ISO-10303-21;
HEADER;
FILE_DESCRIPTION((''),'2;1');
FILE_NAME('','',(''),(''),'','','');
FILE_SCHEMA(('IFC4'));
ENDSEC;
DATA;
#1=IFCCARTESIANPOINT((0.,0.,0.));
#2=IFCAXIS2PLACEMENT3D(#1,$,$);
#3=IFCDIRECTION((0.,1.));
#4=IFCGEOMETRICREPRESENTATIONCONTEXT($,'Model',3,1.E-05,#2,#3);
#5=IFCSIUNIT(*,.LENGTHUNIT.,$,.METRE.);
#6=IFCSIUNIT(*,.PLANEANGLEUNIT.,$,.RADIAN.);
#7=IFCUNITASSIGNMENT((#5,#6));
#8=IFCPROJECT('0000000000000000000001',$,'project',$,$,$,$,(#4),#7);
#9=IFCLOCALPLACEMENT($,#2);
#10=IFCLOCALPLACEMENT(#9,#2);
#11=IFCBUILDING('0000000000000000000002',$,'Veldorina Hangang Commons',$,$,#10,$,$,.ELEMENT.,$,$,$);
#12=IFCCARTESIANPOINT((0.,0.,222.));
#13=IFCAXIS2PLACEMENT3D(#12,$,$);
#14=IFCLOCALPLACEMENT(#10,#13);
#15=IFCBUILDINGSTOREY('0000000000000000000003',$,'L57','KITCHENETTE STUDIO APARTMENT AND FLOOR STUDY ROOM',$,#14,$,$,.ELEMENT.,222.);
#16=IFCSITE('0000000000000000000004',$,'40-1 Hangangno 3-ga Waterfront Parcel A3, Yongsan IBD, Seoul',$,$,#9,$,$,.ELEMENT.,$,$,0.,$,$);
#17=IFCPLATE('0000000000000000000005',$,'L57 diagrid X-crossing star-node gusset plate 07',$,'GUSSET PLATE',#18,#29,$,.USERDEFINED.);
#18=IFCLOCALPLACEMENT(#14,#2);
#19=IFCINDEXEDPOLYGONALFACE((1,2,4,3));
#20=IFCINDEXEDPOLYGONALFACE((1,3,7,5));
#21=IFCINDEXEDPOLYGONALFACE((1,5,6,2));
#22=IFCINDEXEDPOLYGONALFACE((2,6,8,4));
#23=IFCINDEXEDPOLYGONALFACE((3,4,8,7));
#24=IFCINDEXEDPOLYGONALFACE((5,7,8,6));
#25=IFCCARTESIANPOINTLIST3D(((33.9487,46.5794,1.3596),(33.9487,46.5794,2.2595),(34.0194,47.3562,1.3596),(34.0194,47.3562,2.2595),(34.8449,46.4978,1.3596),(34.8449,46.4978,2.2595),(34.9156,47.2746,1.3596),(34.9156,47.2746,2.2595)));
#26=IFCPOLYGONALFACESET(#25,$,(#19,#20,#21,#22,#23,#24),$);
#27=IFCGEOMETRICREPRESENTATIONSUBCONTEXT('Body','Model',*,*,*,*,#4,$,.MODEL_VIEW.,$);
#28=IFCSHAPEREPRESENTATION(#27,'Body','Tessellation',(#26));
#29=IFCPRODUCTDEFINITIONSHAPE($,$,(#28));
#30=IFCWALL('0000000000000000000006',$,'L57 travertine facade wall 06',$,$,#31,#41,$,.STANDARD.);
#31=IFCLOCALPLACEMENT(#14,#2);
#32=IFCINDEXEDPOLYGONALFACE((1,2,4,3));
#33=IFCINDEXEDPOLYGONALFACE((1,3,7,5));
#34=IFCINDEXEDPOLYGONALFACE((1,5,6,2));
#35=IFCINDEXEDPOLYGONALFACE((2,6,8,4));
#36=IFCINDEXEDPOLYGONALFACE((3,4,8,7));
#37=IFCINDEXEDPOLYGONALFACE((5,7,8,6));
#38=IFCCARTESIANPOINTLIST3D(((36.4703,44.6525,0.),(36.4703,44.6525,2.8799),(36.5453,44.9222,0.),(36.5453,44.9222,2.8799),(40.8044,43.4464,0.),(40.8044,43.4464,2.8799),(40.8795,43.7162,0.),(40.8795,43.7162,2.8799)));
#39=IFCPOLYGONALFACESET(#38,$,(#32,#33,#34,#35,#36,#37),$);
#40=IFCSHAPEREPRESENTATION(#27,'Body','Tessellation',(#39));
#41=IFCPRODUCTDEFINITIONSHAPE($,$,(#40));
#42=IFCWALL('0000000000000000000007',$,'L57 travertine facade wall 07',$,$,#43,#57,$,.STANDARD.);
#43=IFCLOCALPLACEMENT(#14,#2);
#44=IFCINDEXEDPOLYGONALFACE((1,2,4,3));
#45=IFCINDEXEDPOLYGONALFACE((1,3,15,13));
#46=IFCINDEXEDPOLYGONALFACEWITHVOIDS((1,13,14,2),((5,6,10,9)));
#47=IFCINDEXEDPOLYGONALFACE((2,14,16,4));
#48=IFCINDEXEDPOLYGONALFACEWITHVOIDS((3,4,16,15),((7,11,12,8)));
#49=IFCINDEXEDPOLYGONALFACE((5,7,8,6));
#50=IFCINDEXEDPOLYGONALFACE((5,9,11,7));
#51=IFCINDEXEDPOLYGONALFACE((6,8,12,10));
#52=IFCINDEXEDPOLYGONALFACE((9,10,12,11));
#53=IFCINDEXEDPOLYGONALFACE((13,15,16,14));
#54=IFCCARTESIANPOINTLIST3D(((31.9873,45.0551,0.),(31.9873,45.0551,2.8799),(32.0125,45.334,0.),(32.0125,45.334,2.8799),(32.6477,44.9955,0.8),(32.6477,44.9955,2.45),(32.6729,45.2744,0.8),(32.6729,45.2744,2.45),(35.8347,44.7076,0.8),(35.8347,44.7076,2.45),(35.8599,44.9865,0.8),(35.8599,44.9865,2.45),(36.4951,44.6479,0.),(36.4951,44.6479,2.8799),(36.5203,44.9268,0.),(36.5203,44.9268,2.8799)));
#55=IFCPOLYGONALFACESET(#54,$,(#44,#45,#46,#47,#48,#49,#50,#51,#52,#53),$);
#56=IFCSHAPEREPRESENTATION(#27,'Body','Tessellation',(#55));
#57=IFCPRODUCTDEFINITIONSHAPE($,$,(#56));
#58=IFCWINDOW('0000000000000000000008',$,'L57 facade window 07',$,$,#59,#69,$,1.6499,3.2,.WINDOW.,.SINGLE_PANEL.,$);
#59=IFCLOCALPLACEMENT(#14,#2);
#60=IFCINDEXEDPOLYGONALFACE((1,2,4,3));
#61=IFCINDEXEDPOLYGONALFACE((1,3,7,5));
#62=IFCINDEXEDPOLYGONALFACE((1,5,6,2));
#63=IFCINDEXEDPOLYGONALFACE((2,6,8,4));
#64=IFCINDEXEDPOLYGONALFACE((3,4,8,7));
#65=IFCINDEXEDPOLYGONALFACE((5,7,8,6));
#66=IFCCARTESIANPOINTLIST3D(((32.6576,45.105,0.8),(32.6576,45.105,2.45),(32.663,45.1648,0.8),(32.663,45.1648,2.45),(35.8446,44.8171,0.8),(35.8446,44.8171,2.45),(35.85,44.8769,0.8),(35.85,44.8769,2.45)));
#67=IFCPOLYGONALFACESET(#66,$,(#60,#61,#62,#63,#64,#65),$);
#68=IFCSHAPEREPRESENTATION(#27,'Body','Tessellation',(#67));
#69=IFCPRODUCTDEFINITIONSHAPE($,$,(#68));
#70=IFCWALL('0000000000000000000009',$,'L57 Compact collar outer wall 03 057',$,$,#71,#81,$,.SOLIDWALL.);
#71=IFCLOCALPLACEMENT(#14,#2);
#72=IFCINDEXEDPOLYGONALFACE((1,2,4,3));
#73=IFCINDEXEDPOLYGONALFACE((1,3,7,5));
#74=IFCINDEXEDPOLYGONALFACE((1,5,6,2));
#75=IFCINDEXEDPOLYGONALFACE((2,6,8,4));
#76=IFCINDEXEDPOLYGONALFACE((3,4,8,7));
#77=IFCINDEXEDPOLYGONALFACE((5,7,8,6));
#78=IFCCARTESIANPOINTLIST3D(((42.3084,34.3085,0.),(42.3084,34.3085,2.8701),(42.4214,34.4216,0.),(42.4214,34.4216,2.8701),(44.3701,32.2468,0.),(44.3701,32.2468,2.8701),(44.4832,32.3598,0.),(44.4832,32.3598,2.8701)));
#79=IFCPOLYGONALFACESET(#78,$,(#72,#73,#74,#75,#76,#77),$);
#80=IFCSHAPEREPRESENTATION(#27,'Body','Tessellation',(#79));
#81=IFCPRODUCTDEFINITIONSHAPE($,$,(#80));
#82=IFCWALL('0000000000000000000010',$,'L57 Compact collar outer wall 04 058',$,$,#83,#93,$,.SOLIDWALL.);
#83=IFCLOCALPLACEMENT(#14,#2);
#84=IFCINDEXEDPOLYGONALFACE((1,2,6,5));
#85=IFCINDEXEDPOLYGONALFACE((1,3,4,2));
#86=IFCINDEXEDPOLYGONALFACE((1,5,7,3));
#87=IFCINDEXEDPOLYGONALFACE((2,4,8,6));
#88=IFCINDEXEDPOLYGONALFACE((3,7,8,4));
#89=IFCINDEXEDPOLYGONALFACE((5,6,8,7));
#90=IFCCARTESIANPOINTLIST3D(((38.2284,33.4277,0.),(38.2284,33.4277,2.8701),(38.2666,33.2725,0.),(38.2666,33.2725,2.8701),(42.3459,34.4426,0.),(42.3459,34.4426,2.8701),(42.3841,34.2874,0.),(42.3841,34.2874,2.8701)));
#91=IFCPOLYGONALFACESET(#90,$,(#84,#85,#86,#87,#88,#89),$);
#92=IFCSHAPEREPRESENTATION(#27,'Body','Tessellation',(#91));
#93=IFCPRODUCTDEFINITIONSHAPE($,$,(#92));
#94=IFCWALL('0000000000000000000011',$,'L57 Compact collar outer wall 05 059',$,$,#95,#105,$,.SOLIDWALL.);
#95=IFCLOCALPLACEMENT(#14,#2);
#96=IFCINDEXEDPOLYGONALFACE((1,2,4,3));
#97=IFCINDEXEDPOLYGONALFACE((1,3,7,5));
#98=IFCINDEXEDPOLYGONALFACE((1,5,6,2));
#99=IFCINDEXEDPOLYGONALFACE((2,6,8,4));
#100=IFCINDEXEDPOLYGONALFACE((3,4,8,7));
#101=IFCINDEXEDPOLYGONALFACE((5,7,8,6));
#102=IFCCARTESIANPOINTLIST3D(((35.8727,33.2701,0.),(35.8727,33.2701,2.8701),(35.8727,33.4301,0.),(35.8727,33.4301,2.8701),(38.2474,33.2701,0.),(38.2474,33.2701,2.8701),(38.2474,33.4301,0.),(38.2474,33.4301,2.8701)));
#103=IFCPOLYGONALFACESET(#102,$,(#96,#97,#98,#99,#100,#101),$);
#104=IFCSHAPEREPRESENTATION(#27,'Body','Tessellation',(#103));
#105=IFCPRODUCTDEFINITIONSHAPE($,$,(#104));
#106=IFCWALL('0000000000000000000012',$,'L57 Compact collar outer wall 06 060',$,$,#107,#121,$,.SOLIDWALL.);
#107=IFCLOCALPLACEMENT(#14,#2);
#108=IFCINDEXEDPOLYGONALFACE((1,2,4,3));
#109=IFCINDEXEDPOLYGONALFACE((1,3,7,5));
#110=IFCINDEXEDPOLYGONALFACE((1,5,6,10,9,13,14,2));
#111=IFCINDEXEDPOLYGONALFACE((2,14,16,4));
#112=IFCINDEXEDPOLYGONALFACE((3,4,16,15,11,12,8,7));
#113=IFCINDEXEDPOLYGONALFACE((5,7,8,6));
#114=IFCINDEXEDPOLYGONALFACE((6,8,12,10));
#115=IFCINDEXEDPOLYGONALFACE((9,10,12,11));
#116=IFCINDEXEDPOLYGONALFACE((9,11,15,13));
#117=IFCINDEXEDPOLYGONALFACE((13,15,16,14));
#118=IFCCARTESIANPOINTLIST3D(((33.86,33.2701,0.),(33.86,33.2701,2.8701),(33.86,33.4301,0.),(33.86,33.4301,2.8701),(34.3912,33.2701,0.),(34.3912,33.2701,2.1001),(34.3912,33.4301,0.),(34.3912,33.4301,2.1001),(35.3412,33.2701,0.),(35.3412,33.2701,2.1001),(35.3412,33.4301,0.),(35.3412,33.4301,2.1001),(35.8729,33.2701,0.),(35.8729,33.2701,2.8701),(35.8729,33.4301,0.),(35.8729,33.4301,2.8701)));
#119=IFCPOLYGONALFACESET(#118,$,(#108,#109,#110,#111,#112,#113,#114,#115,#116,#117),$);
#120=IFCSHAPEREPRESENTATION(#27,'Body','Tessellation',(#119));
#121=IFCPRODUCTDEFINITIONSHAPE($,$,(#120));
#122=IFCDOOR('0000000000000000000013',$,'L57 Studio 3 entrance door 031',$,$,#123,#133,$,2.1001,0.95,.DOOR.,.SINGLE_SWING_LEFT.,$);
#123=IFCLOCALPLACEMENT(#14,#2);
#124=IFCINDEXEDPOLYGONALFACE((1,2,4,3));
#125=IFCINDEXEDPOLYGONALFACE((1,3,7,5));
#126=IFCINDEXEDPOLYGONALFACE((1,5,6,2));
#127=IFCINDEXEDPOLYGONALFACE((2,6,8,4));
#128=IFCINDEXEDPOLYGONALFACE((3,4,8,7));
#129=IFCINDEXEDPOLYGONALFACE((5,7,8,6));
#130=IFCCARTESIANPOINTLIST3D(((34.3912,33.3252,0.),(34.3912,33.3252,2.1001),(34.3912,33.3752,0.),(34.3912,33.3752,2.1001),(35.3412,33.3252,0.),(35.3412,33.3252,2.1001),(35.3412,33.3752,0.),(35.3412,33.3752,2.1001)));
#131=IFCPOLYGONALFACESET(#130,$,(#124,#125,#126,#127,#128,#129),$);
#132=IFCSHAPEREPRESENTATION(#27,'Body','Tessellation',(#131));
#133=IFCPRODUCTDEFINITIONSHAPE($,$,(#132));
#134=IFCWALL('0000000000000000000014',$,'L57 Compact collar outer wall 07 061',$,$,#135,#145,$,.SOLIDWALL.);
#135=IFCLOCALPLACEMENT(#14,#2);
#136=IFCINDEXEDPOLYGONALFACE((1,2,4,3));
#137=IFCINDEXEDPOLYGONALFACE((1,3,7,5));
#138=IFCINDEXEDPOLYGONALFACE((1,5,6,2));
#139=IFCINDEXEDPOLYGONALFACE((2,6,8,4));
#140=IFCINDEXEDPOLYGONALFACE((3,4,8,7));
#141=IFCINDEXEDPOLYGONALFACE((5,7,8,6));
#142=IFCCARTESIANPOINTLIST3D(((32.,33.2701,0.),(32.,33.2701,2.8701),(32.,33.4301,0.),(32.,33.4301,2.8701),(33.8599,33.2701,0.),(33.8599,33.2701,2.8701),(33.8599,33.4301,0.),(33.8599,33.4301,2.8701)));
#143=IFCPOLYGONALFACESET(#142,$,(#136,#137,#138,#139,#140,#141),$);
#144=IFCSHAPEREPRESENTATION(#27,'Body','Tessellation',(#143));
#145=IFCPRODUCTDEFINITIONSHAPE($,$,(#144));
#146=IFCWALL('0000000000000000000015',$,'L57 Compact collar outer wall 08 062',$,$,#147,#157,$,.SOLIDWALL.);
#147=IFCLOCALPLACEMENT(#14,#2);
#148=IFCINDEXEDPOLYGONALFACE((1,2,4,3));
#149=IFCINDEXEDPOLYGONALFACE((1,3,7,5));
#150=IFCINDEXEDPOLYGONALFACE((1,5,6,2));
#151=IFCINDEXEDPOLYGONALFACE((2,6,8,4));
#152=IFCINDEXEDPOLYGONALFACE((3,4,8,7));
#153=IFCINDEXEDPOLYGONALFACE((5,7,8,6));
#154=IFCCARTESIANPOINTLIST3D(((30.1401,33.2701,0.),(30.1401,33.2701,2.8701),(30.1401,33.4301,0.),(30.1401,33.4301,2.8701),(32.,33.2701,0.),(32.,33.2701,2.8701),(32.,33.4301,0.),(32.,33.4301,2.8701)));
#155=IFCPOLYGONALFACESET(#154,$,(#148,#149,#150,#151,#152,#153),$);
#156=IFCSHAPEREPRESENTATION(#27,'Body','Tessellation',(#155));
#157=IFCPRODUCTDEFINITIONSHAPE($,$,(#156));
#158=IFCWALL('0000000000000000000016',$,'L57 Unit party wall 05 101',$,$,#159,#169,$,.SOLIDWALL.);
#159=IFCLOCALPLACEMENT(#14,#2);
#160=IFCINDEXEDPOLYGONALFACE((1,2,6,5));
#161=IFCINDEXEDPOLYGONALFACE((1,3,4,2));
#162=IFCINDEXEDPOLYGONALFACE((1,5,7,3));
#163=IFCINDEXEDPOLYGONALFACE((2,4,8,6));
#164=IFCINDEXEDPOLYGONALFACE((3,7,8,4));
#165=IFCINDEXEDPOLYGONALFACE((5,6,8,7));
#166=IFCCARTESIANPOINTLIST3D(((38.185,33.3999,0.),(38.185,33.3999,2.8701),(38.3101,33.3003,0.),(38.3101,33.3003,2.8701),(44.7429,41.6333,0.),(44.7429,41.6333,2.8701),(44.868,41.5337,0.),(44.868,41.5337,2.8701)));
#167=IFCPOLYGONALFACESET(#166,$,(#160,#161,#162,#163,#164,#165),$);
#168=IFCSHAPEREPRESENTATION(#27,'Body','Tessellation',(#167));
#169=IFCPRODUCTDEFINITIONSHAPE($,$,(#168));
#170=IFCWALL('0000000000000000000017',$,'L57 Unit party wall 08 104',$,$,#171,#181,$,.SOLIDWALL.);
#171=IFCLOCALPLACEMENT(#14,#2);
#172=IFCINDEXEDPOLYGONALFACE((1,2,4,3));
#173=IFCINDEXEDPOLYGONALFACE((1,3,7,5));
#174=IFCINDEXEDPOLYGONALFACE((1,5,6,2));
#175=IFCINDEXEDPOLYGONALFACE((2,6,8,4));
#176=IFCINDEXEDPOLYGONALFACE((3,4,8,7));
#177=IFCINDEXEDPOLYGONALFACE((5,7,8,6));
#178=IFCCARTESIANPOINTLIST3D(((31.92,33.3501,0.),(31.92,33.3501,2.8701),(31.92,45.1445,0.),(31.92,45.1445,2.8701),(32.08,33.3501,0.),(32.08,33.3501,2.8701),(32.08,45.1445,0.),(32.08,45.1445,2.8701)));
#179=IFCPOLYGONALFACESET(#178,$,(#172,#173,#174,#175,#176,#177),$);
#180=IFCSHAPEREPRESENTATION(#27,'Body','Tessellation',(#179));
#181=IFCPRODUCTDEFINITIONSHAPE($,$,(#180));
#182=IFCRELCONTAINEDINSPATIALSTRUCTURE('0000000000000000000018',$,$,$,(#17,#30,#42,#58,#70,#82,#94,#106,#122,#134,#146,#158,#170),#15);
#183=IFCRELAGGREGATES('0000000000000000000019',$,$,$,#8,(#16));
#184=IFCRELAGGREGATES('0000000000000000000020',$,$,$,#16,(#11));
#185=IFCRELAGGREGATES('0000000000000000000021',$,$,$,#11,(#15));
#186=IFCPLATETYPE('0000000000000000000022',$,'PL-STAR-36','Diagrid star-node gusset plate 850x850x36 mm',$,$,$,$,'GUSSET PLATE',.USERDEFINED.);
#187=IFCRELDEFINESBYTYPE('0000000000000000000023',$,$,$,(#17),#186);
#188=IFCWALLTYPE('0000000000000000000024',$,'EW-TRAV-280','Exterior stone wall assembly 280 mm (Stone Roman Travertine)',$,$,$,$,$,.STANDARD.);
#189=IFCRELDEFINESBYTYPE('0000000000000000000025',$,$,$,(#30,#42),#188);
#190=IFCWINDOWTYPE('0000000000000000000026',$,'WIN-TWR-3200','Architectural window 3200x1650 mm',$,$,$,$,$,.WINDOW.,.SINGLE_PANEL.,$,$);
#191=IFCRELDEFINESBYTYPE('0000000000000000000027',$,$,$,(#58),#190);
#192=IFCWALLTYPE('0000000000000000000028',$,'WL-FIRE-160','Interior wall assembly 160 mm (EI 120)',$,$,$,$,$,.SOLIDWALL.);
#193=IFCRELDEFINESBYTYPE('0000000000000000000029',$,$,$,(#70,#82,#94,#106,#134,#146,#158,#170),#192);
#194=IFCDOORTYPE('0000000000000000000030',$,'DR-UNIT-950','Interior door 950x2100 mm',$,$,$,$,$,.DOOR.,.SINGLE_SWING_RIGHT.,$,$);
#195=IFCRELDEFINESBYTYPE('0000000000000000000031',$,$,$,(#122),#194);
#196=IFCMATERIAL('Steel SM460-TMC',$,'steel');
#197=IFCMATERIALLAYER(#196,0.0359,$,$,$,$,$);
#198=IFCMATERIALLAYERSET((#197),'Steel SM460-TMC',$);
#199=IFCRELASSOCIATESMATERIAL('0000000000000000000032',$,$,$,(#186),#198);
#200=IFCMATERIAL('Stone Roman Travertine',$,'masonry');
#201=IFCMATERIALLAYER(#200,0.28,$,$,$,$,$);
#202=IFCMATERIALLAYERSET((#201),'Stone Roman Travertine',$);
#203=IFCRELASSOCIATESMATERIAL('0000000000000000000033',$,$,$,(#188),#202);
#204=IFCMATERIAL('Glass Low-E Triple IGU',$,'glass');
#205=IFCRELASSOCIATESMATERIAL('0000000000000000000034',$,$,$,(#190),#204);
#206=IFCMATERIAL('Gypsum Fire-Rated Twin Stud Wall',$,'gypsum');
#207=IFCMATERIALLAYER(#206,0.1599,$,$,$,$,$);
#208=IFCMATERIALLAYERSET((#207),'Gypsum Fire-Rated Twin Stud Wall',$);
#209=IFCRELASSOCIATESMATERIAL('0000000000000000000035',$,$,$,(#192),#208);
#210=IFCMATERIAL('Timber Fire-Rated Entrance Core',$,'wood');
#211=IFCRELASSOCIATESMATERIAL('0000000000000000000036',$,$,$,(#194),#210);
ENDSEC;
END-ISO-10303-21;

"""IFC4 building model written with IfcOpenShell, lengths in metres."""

from ifc_helpers import new_model, si_unit, direction, frame, frame_2d, origin, origin_2d, place, context, subcontext, project, spatial, rectangle, extrude, material, layer, layer_set, type_object, element, fill, save


model = new_model("IFC4")

# Units and contexts
model_context = context("Model", 3, precision=1e-05, world=origin(), true_north=direction((0.0, 1.0)))
body_context = subcontext(model_context, "Body", "Model", "MODEL_VIEW")
ifc_project = project(units=[si_unit("LENGTHUNIT", "METRE"), si_unit("PLANEANGLEUNIT", "RADIAN")], contexts=[model_context])

# Site, building, storey
site_placement = place(None, origin())
site = spatial("IfcSite", under=ifc_project, at=site_placement, Name="40-1 Hangangno 3-ga Waterfront Parcel A3, Yongsan IBD, Seoul", CompositionType="ELEMENT", RefElevation=0.0)
building_placement = place(site_placement, origin())
building = spatial("IfcBuilding", under=site, at=building_placement, Name="Veldorina Hangang Commons", CompositionType="ELEMENT")
storey_placement = place(building_placement, frame((0.0, 0.0, 222.0)))
storey = spatial("IfcBuildingStorey", under=building, at=storey_placement, Name="L57", Description="KITCHENETTE STUDIO APARTMENT AND FLOOR STUDY ROOM", CompositionType="ELEMENT", Elevation=222.0)

# Plate
ifc_material_1 = material(Name="Steel SM460-TMC", Category="steel")
ifc_layer_1 = layer(ifc_material_1, 0.0359)
ifc_layer_set_1 = layer_set([ifc_layer_1], Name="Steel SM460-TMC")
plate_type = type_object("IfcPlateType", Name="PL-STAR-36", Description="Diagrid star-node gusset plate 850x850x36 mm", ElementType="GUSSET PLATE", PredefinedType="USERDEFINED", material=ifc_layer_set_1)
plate_1_placement = place(storey_placement, frame((34.4321, 46.927, 1.3596), z_axis=(0.0, 0.0, 1.0), x_axis=(-0.995886, 0.090615, 0.0)))
element("IfcPlate", 1, at=plate_1_placement, inside=storey, type_object=plate_type, Name="L57 diagrid X-crossing star-node gusset plate 07", ObjectType="GUSSET PLATE", PredefinedType="USERDEFINED", context=body_context, shape_type="SweptSolid", body=[
    extrude(rectangle(XDim=0.8999, YDim=0.78, at=origin_2d()), origin(), (0.0, 0.0, 1.0), 0.8999),
])

# Wall
ifc_material_2 = material(Name="Stone Roman Travertine", Category="masonry")
ifc_layer_2 = layer(ifc_material_2, 0.28)
ifc_layer_set_2 = layer_set([ifc_layer_2], Name="Stone Roman Travertine")
wall_type_1 = type_object("IfcWallType", Name="EW-TRAV-280", Description="Exterior stone wall assembly 280 mm (Stone Roman Travertine)", PredefinedType="STANDARD", material=ifc_layer_set_2)
wall_1_placement = place(storey_placement, frame((40.842, 43.5813, 0.0), z_axis=(0.0, 0.0, 1.0), x_axis=(-0.963397, 0.268078, 0.0)))
element("IfcWall", 2, at=wall_1_placement, inside=storey, type_object=wall_type_1, Name="L57 travertine facade wall 06", PredefinedType="STANDARD", context=body_context, shape_type="SweptSolid", body=[
    extrude(rectangle(XDim=4.4988, YDim=0.28, at=frame_2d((2.2495, 0.0))), origin(), (0.0, 0.0, 1.0), 2.8799),
])

# Wall, opening, window
wall_2_placement = place(storey_placement, frame((36.5078, 44.7874, 0.0), z_axis=(0.0, 0.0, 1.0), x_axis=(-0.995944, 0.089972, 0.0)))
wall_2 = element("IfcWall", 3, at=wall_2_placement, inside=storey, type_object=wall_type_1, Name="L57 travertine facade wall 07", PredefinedType="STANDARD", context=body_context, shape_type="SweptSolid", body=[
    extrude(rectangle(XDim=4.5261, YDim=0.28, at=frame_2d((2.2632, 0.0))), origin(), (0.0, 0.0, 1.0), 2.8799),
])
opening_1_placement = place(wall_2_placement, frame((0.6631, 0.0, 0.8)))
opening_1 = element("IfcOpeningElement", 4, at=opening_1_placement, cuts=wall_2, PredefinedType="OPENING", context=body_context, shape_type="SweptSolid", body=[
    extrude(rectangle(XDim=3.2, YDim=1.6499, at=frame_2d((1.6001, 0.825))), frame((0.0, 0.1499, 0.0), z_axis=(0.0, -1.0, 0.0), x_axis=(1.0, 0.0, 0.0)), (0.0, 0.0, 1.0), 0.3),
])
ifc_material_3 = material(Name="Glass Low-E Triple IGU", Category="glass")
window_type = type_object("IfcWindowType", Name="WIN-TWR-3200", Description="Architectural window 3200x1650 mm", PartitioningType="SINGLE_PANEL", PredefinedType="WINDOW", material=ifc_material_3)
window_placement = place(opening_1_placement, origin())
window = element("IfcWindow", 5, at=window_placement, inside=storey, type_object=window_type, Name="L57 facade window 07", OverallHeight=1.6499, OverallWidth=3.2, PartitioningType="SINGLE_PANEL", PredefinedType="WINDOW", context=body_context, shape_type="SweptSolid", body=[
    extrude(rectangle(XDim=3.2, YDim=1.6499, at=frame_2d((1.6001, 0.825))), frame((0.0, 0.03, 0.0), z_axis=(0.0, -1.0, 0.0), x_axis=(1.0, 0.0, 0.0)), (0.0, 0.0, 1.0), 0.0601),
])
fill(opening_1, window)

# Walls
ifc_material_4 = material(Name="Gypsum Fire-Rated Twin Stud Wall", Category="gypsum")
ifc_layer_3 = layer(ifc_material_4, 0.1599)
ifc_layer_set_3 = layer_set([ifc_layer_3], Name="Gypsum Fire-Rated Twin Stud Wall")
wall_type_2 = type_object("IfcWallType", Name="WL-FIRE-160", Description="Interior wall assembly 160 mm (EI 120)", PredefinedType="SOLIDWALL", material=ifc_layer_set_3)
wall_3_placement = place(storey_placement, frame((44.4268, 32.3032, 0.0), z_axis=(0.0, 0.0, 1.0), x_axis=(-0.707107, 0.707107, 0.0)))
element("IfcWall", 6, at=wall_3_placement, inside=storey, type_object=wall_type_2, Name="L57 Compact collar outer wall 03 057", PredefinedType="SOLIDWALL", context=body_context, shape_type="SweptSolid", body=[
    extrude(rectangle(XDim=2.9158, YDim=0.1599, at=frame_2d((1.458, 0.0))), origin(), (0.0, 0.0, 1.0), 2.8701),
])
wall_4_placement = place(storey_placement, frame((42.365, 34.365, 0.0), z_axis=(0.0, 0.0, 1.0), x_axis=(-0.97094, -0.239324, 0.0)))
element("IfcWall", 7, at=wall_4_placement, inside=storey, type_object=wall_type_2, Name="L57 Compact collar outer wall 04 058", PredefinedType="SOLIDWALL", context=body_context, shape_type="SweptSolid", body=[
    extrude(rectangle(XDim=4.2407, YDim=0.1599, at=frame_2d((2.1204, 0.0))), origin(), (0.0, 0.0, 1.0), 2.8701),
])
wall_5_placement = place(storey_placement, frame((38.2476, 33.3501, 0.0), z_axis=(0.0, 0.0, 1.0), x_axis=(-1.0, 0.0, 0.0)))
element("IfcWall", 8, at=wall_5_placement, inside=storey, type_object=wall_type_2, Name="L57 Compact collar outer wall 05 059", PredefinedType="SOLIDWALL", context=body_context, shape_type="SweptSolid", body=[
    extrude(rectangle(XDim=2.3748, YDim=0.1599, at=frame_2d((1.1875, 0.0))), origin(), (0.0, 0.0, 1.0), 2.8701),
])

# Wall, opening, door
wall_6_placement = place(storey_placement, frame((35.8728, 33.3501, 0.0), z_axis=(0.0, 0.0, 1.0), x_axis=(-1.0, 0.0, 0.0)))
wall_6 = element("IfcWall", 9, at=wall_6_placement, inside=storey, type_object=wall_type_2, Name="L57 Compact collar outer wall 06 060", PredefinedType="SOLIDWALL", context=body_context, shape_type="SweptSolid", body=[
    extrude(rectangle(XDim=2.0129, YDim=0.1599, at=frame_2d((1.0063, 0.0))), origin(), (0.0, 0.0, 1.0), 2.8701),
])
opening_2_placement = place(wall_6_placement, frame((0.5315, 0.0, 0.0)))
opening_2 = element("IfcOpeningElement", 10, at=opening_2_placement, cuts=wall_6, PredefinedType="OPENING", context=body_context, shape_type="SweptSolid", body=[
    extrude(rectangle(XDim=0.95, YDim=2.1001, at=frame_2d((0.4751, 1.05))), frame((0.0, 0.0898, 0.0), z_axis=(0.0, -1.0, 0.0), x_axis=(1.0, 0.0, 0.0)), (0.0, 0.0, 1.0), 0.1799),
])
ifc_material_5 = material(Name="Timber Fire-Rated Entrance Core", Category="wood")
door_type_1 = type_object("IfcDoorType", Name="DR-UNIT-950", Description="Interior door 950x2100 mm", OperationType="SINGLE_SWING_RIGHT", PredefinedType="DOOR", material=ifc_material_5)
door_1_placement = place(opening_2_placement, origin())
door_1 = element("IfcDoor", 11, at=door_1_placement, inside=storey, type_object=door_type_1, Name="L57 Studio 3 entrance door 031", OperationType="SINGLE_SWING_LEFT", OverallHeight=2.1001, OverallWidth=0.95, PredefinedType="DOOR", context=body_context, shape_type="SweptSolid", body=[
    extrude(rectangle(XDim=0.95, YDim=2.1001, at=frame_2d((0.4751, 1.05))), frame((0.0, 0.0249, 0.0), z_axis=(0.0, -1.0, 0.0), x_axis=(1.0, 0.0, 0.0)), (0.0, 0.0, 1.0), 0.05),
])
fill(opening_2, door_1)

# Walls
for number, where, z_axis, x_axis, name in (
    (12, (33.8599, 33.3501, 0.0), (0.0, 0.0, 1.0), (-1.0, 0.0, 0.0), "L57 Compact collar outer wall 07 061"),
    (13, (32.0, 33.3501, 0.0), (0.0, 0.0, 1.0), (-1.0, 0.0, 0.0), "L57 Compact collar outer wall 08 062"),
):
    element("IfcWall", number, at=place(storey_placement, frame(where, z_axis=z_axis, x_axis=x_axis)), inside=storey, type_object=wall_type_2, Name=name, PredefinedType="SOLIDWALL", context=body_context, shape_type="SweptSolid", body=[
        extrude(rectangle(XDim=1.8599, YDim=0.1599, at=frame_2d((0.9299, 0.0))), origin(), (0.0, 0.0, 1.0), 2.8701),
    ])
wall_7_placement = place(storey_placement, frame((38.2476, 33.3501, 0.0), z_axis=(0.0, 0.0, 1.0), x_axis=(0.623022, 0.782204, 0.0)))
element("IfcWall", 14, at=wall_7_placement, inside=storey, type_object=wall_type_2, Name="L57 Unit party wall 05 101", PredefinedType="SOLIDWALL", context=body_context, shape_type="SweptSolid", body=[
    extrude(rectangle(XDim=10.5259, YDim=0.1599, at=frame_2d((5.2629, 0.0))), origin(), (0.0, 0.0, 1.0), 2.8701),
])
wall_8_placement = place(storey_placement, frame((32.0, 33.3501, 0.0), z_axis=(0.0, 0.0, 1.0), x_axis=(0.0, 1.0, 0.0)))
element("IfcWall", 15, at=wall_8_placement, inside=storey, type_object=wall_type_2, Name="L57 Unit party wall 08 104", PredefinedType="SOLIDWALL", context=body_context, shape_type="SweptSolid", body=[
    extrude(rectangle(XDim=11.7944, YDim=0.1599, at=frame_2d((5.8972, 0.0))), origin(), (0.0, 0.0, 1.0), 2.8701),
])

save(model, "model.ifc")
